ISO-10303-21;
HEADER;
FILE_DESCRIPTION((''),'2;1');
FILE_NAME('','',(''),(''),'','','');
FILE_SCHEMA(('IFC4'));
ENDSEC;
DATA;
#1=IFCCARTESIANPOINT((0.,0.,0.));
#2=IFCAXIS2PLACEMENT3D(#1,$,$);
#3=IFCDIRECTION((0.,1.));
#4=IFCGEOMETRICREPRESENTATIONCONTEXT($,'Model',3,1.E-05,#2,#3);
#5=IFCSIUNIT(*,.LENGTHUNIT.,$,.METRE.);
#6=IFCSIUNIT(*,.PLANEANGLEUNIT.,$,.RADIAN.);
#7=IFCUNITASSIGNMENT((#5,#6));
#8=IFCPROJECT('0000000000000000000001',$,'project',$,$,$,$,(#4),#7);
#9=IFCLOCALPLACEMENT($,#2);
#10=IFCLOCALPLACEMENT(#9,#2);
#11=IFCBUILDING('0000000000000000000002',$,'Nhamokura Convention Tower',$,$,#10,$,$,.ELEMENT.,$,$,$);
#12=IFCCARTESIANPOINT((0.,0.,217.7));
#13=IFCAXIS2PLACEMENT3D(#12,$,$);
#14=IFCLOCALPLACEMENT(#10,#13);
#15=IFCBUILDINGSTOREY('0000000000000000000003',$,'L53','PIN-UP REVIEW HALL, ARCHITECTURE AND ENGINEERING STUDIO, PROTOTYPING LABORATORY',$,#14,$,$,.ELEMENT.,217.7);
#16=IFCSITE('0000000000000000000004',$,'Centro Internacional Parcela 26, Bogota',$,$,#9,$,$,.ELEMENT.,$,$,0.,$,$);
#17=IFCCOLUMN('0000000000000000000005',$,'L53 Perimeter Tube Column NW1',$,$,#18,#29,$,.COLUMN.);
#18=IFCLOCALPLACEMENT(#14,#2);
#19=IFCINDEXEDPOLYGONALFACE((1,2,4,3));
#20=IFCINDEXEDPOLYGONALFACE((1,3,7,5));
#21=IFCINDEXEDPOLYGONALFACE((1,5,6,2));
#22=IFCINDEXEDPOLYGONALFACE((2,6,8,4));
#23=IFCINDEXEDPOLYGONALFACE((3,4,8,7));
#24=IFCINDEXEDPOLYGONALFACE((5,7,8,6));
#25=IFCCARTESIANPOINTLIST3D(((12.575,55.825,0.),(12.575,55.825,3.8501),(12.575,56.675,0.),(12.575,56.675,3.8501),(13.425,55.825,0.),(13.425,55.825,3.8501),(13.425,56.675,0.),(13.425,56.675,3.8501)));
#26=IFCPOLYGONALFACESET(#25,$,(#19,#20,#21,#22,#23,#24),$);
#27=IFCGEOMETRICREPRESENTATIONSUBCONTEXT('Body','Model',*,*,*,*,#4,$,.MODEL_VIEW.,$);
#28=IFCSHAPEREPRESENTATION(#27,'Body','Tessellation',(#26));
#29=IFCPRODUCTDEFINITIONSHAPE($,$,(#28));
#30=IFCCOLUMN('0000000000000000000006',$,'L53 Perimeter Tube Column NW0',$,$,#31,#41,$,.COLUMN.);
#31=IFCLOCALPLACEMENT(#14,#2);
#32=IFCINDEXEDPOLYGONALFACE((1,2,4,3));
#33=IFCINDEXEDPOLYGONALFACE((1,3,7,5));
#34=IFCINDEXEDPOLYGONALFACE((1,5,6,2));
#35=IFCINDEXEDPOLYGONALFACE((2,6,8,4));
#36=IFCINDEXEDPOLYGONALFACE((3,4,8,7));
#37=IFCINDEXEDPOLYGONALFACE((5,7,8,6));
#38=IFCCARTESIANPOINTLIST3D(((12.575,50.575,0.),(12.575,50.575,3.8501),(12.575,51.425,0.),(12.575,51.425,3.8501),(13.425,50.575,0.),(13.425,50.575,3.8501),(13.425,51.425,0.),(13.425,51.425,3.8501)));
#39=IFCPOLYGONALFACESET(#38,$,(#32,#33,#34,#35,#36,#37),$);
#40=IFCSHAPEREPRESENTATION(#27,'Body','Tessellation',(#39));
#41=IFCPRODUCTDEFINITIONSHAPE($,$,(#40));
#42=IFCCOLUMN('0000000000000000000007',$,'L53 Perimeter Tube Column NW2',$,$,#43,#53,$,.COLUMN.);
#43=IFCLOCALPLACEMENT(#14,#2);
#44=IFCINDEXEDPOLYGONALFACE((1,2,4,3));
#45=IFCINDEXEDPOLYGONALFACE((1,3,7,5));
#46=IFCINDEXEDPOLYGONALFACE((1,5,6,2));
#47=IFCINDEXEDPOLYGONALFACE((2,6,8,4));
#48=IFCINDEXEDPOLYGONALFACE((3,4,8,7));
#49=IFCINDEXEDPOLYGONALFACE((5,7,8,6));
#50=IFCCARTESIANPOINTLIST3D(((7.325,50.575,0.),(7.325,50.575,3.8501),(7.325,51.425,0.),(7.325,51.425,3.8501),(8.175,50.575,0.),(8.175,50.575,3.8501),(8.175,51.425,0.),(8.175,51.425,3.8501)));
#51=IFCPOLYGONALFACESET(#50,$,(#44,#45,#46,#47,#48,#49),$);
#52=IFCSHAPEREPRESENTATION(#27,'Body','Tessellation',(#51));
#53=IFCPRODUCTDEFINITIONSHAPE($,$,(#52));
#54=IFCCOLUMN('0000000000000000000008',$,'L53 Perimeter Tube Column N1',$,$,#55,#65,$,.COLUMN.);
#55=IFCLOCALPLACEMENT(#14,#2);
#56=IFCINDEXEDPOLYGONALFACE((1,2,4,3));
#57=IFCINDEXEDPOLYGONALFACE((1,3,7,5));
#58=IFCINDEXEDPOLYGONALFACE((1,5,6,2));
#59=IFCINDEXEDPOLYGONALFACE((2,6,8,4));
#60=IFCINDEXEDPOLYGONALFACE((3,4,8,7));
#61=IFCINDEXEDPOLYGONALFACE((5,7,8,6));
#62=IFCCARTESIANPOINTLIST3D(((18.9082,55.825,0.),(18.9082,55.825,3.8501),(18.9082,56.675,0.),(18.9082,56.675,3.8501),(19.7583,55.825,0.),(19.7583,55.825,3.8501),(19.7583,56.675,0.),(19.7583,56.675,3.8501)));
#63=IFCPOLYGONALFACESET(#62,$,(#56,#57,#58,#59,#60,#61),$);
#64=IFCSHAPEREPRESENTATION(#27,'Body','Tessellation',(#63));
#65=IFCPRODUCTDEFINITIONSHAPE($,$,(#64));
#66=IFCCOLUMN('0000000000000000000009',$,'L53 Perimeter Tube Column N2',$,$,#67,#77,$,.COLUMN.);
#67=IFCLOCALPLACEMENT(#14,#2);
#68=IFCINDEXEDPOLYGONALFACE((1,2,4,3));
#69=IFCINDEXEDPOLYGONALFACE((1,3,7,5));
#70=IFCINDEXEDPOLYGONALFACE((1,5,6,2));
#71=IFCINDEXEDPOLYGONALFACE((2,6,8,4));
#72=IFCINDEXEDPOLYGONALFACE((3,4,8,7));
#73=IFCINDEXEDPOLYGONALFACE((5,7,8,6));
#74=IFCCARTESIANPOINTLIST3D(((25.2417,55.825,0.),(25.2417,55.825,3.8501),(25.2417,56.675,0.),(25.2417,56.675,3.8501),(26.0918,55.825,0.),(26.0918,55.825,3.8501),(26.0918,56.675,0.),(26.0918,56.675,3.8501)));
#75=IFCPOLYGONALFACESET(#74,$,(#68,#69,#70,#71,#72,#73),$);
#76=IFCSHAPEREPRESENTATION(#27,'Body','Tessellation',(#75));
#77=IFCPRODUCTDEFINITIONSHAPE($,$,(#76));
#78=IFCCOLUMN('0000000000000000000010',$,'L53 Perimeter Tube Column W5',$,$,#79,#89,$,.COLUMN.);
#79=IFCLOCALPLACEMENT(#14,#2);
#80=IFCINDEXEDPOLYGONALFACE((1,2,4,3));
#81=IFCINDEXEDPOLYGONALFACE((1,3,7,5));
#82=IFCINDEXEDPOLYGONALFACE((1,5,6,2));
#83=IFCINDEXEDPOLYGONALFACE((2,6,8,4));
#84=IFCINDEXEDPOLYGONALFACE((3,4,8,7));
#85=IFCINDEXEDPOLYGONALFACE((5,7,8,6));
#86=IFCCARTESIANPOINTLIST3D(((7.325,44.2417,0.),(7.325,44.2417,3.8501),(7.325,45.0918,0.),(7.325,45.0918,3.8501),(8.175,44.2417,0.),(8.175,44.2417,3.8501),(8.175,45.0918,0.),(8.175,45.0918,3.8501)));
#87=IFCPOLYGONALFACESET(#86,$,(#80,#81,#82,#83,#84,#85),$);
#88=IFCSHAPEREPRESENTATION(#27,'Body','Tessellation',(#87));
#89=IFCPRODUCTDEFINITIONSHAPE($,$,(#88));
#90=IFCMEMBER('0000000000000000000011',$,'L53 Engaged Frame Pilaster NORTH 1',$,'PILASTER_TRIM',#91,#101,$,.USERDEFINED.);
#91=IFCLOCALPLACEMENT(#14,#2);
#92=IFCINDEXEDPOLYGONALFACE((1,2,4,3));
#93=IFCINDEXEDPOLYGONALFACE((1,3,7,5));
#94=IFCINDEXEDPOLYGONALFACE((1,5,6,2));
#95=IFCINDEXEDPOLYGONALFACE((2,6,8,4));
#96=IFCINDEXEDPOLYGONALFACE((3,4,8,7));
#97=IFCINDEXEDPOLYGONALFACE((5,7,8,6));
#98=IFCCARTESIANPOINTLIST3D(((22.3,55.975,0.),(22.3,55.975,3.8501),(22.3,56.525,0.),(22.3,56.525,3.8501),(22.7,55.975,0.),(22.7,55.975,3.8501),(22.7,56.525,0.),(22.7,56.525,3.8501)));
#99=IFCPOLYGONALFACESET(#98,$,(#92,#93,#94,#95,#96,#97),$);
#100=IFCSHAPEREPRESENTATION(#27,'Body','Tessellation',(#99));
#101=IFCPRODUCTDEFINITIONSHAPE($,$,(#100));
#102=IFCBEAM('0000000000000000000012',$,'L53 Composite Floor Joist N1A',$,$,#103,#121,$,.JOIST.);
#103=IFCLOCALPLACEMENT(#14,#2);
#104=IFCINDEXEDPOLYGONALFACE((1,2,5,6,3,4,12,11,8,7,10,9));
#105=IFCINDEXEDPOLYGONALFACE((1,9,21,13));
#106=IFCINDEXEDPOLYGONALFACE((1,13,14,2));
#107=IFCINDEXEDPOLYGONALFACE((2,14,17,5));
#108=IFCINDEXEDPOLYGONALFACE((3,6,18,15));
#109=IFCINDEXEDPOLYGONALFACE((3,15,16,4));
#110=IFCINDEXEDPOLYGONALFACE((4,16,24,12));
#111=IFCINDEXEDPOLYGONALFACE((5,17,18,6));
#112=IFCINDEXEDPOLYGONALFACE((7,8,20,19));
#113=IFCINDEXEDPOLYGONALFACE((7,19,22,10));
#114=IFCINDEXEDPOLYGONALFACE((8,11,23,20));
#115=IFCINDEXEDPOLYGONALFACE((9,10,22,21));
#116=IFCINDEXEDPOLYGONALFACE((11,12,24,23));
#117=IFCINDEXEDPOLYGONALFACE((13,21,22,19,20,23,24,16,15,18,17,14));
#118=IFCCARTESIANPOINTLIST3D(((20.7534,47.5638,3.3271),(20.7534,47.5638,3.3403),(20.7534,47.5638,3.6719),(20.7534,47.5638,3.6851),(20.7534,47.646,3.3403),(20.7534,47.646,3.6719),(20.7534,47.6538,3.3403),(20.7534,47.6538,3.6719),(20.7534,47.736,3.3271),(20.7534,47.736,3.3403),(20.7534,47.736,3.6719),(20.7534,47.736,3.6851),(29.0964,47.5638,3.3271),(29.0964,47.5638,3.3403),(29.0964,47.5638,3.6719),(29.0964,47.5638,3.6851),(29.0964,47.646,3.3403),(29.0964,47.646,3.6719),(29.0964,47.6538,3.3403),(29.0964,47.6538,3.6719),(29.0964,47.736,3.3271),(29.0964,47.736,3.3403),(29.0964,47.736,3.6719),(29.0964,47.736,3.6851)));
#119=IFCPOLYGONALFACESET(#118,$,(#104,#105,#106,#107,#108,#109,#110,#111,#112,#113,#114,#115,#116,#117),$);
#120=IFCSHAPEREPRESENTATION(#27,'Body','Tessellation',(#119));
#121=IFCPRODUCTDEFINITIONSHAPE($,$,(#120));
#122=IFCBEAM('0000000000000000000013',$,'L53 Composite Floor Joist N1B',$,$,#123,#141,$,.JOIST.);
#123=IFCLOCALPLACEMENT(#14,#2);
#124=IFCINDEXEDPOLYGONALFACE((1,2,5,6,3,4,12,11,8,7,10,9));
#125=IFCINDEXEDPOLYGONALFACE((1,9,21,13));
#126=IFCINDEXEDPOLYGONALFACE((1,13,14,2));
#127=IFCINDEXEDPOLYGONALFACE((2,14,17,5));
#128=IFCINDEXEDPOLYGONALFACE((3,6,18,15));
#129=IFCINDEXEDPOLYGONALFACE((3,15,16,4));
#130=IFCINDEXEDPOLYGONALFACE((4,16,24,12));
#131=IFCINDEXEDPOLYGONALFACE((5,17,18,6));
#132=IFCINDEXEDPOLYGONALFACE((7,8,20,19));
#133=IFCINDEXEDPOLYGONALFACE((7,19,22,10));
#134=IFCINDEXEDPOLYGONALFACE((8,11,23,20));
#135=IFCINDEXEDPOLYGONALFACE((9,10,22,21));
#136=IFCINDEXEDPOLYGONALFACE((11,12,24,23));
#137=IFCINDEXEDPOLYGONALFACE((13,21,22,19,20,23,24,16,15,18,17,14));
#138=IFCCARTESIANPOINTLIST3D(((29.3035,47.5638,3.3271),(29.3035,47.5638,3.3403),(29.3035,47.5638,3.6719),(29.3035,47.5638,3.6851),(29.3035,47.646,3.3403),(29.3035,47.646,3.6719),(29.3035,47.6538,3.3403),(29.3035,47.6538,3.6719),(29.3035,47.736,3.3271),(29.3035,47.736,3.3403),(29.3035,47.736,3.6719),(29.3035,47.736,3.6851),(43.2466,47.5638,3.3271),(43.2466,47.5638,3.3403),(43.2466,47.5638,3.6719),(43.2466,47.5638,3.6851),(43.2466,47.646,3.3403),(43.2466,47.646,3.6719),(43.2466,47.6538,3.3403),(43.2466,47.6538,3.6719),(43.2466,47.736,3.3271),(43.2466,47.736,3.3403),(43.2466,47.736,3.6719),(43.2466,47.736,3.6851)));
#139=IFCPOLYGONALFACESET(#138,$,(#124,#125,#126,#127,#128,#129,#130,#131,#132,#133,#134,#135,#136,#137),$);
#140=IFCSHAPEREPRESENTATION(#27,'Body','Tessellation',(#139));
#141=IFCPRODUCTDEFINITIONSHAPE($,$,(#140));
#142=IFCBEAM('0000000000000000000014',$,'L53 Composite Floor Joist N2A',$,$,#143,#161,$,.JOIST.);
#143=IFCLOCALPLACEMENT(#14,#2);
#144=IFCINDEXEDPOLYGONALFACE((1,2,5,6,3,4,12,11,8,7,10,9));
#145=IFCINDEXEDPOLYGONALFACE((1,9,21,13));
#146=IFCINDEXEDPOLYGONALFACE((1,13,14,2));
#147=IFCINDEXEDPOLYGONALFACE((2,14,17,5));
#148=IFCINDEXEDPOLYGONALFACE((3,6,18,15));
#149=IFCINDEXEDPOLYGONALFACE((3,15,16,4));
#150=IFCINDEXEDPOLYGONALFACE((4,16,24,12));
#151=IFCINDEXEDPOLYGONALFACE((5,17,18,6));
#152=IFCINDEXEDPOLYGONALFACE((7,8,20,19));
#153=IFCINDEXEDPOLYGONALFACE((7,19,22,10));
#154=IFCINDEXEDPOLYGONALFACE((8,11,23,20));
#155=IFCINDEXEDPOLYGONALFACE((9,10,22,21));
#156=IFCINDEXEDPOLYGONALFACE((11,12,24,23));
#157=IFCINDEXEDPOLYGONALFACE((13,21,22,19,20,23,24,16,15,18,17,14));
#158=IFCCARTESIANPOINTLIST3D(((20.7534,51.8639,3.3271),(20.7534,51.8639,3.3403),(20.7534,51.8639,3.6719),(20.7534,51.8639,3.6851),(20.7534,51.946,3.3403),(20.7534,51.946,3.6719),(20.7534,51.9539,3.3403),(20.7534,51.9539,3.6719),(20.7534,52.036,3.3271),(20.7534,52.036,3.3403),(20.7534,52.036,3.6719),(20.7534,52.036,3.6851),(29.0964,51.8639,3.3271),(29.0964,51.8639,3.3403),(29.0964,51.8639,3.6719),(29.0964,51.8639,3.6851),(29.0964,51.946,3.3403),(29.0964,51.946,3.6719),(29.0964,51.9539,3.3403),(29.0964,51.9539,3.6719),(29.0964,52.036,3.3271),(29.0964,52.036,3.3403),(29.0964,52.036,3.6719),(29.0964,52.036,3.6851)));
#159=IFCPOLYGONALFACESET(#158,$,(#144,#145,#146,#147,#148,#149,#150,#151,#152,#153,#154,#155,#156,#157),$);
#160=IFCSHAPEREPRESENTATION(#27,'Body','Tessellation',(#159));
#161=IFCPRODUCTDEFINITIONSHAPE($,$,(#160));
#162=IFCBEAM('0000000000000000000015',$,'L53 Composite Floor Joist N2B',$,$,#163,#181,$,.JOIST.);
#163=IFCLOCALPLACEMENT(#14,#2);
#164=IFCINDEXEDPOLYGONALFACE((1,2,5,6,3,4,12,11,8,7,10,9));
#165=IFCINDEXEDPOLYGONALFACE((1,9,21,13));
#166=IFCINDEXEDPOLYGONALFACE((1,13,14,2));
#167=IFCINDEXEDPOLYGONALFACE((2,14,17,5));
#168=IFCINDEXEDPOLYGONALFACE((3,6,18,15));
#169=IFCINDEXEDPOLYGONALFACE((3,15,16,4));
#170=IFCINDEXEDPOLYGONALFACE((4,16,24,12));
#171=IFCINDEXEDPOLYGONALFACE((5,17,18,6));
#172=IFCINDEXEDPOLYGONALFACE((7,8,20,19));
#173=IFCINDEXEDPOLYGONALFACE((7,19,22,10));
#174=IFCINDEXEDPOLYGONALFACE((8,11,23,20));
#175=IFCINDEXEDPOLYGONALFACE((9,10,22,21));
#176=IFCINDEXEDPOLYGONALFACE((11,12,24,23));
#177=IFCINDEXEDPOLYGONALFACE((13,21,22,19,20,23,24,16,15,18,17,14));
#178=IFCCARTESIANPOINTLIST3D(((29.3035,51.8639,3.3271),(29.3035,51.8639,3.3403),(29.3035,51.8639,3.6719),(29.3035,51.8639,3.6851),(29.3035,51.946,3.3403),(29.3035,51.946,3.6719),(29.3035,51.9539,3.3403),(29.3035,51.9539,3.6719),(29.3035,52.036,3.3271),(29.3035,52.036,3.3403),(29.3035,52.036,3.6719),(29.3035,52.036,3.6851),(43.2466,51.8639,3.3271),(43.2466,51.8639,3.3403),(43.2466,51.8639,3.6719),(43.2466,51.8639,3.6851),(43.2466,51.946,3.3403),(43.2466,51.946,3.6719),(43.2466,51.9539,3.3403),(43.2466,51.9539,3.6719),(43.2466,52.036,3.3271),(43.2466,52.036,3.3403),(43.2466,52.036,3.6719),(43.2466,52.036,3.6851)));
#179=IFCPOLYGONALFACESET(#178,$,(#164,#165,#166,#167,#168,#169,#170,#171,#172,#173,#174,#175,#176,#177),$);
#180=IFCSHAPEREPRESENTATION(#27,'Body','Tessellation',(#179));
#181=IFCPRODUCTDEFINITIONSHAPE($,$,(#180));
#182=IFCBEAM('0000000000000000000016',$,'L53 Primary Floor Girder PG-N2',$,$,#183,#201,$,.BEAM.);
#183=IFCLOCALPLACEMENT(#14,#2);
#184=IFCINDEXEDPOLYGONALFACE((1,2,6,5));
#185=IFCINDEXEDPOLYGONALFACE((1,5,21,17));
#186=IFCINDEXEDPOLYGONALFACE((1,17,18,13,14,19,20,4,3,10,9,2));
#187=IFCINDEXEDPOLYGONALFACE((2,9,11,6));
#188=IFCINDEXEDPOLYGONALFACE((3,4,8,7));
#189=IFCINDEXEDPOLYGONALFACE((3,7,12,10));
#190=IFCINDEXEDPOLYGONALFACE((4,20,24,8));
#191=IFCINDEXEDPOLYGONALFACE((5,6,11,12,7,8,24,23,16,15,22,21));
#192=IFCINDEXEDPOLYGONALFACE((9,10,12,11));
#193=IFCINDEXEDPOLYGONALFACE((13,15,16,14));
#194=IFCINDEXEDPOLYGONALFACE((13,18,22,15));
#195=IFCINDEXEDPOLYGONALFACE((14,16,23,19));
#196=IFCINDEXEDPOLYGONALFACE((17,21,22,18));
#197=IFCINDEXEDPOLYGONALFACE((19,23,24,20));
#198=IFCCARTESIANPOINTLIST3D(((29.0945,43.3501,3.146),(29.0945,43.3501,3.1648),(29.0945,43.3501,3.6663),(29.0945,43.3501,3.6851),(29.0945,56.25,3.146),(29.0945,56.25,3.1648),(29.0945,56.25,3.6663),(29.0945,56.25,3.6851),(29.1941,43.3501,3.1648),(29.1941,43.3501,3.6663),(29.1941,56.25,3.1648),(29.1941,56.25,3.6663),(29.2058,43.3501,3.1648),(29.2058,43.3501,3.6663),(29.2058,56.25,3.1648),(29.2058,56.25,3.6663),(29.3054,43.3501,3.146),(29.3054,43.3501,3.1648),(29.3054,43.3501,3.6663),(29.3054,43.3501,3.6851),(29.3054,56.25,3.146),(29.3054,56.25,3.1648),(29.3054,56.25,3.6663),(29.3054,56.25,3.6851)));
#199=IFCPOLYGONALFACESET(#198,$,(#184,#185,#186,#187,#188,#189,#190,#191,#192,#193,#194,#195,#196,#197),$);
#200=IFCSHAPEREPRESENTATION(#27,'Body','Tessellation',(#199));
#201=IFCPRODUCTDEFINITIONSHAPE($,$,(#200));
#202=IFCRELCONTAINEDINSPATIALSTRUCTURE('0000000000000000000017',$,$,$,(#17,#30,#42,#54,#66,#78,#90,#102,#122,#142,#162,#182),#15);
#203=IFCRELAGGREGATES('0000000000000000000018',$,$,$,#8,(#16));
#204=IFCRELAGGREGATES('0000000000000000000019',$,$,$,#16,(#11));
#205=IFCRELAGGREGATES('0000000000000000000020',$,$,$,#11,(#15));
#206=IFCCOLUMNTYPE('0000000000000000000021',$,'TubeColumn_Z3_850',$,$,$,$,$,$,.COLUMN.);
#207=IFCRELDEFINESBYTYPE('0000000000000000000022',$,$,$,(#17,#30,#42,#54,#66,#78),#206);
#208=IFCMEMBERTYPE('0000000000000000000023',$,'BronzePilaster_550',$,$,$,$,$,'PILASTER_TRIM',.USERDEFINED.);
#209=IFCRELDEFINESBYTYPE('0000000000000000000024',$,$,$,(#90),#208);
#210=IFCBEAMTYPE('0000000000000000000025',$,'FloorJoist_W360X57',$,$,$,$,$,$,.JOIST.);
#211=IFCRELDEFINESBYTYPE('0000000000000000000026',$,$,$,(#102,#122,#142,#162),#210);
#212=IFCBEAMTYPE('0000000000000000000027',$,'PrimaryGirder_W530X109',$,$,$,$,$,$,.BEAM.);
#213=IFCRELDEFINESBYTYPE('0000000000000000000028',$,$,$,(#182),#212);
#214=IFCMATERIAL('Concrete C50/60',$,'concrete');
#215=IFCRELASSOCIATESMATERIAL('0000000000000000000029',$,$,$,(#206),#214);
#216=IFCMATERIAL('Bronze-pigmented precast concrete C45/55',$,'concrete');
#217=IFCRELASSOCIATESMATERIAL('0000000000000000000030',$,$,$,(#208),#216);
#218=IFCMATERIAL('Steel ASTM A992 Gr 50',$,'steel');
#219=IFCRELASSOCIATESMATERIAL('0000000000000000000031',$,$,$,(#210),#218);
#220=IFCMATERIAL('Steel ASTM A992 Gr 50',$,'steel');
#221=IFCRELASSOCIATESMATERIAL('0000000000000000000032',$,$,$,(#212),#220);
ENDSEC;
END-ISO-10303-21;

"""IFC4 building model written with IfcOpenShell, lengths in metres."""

from ifc_helpers import new_model, si_unit, direction, frame, origin, origin_2d, place, context, subcontext, project, spatial, rectangle, i_section, extrude, material, material_profile, profile_set, type_object, element, save


model = new_model("IFC4")

# Units and contexts
model_context = context("Model", 3, precision=1e-05, world=origin(), true_north=direction((0.0, 1.0)))
body_context = subcontext(model_context, "Body", "Model", "MODEL_VIEW")
ifc_project = project(units=[si_unit("LENGTHUNIT", "METRE"), si_unit("PLANEANGLEUNIT", "RADIAN")], contexts=[model_context])

# Site, building, storey
site_placement = place(None, origin())
site = spatial("IfcSite", under=ifc_project, at=site_placement, Name="Centro Internacional Parcela 26, Bogota", CompositionType="ELEMENT", RefElevation=0.0)
building_placement = place(site_placement, origin())
building = spatial("IfcBuilding", under=site, at=building_placement, Name="Nhamokura Convention Tower", CompositionType="ELEMENT")
storey_placement = place(building_placement, frame((0.0, 0.0, 217.7)))
storey = spatial("IfcBuildingStorey", under=building, at=storey_placement, Name="L53", Description="PIN-UP REVIEW HALL, ARCHITECTURE AND ENGINEERING STUDIO, PROTOTYPING LABORATORY", CompositionType="ELEMENT", Elevation=217.7)

# Columns
ifc_material_1 = material(Name="Concrete C50/60", Category="concrete")
ifc_material_profile_1 = material_profile(ifc_material_1, rectangle(XDim=0.8501, YDim=0.8501, at=origin_2d()))
ifc_profile_set_1 = profile_set([ifc_material_profile_1], Name="Concrete C50/60")
column_type = type_object("IfcColumnType", Name="TubeColumn_Z3_850", PredefinedType="COLUMN", material=ifc_profile_set_1)
for number, where, z_axis, x_axis, name in (
    (1, (13.0, 56.25, 0.0), (0.0, 0.0, 1.0), (1.0, 0.0, 0.0), "L53 Perimeter Tube Column NW1"),
    (2, (13.0, 51.0, 0.0), (0.0, 0.0, 1.0), (1.0, 0.0, 0.0), "L53 Perimeter Tube Column NW0"),
    (3, (7.75, 51.0, 0.0), (0.0, 0.0, 1.0), (1.0, 0.0, 0.0), "L53 Perimeter Tube Column NW2"),
    (4, (19.3333, 56.25, 0.0), (0.0, 0.0, 1.0), (1.0, 0.0, 0.0), "L53 Perimeter Tube Column N1"),
    (5, (25.6667, 56.25, 0.0), (0.0, 0.0, 1.0), (1.0, 0.0, 0.0), "L53 Perimeter Tube Column N2"),
    (6, (7.75, 44.6667, 0.0), (0.0, 0.0, 1.0), (1.0, 0.0, 0.0), "L53 Perimeter Tube Column W5"),
):
    element("IfcColumn", number, at=place(storey_placement, frame(where, z_axis=z_axis, x_axis=x_axis)), inside=storey, type_object=column_type, Name=name, PredefinedType="COLUMN", context=body_context, shape_type="SweptSolid", body=[
        extrude(rectangle(XDim=0.8501, YDim=0.8501, at=origin_2d()), origin(), (0.0, 0.0, 1.0), 3.8501),
    ])

# Member
ifc_material_2 = material(Name="Bronze-pigmented precast concrete C45/55", Category="concrete")
ifc_material_profile_2 = material_profile(ifc_material_2, rectangle(XDim=0.3999, YDim=0.55, at=origin_2d()))
ifc_profile_set_2 = profile_set([ifc_material_profile_2], Name="Bronze-pigmented precast concrete C45/55")
member_type_1 = type_object("IfcMemberType", Name="BronzePilaster_550", ElementType="PILASTER_TRIM", PredefinedType="USERDEFINED", material=ifc_profile_set_2)
member_placement = place(storey_placement, frame((22.5, 56.25, 0.0), z_axis=(0.0, 0.0, 1.0), x_axis=(1.0, 0.0, 0.0)))
element("IfcMember", 7, at=member_placement, inside=storey, type_object=member_type_1, Name="L53 Engaged Frame Pilaster NORTH 1", ObjectType="PILASTER_TRIM", PredefinedType="USERDEFINED", context=body_context, shape_type="SweptSolid", body=[
    extrude(rectangle(XDim=0.3999, YDim=0.55, at=origin_2d()), origin(), (0.0, 0.0, 1.0), 3.8501),
])

# Beams
ifc_material_3 = material(Name="Steel ASTM A992 Gr 50", Category="steel")
ifc_material_profile_3 = material_profile(ifc_material_3, i_section(OverallWidth=0.1721, OverallDepth=0.3579, WebThickness=0.0078, FlangeThickness=0.0132, at=origin_2d()))
ifc_profile_set_3 = profile_set([ifc_material_profile_3], Name="Steel ASTM A992 Gr 50")
beam_type_1 = type_object("IfcBeamType", Name="FloorJoist_W360X57", PredefinedType="JOIST", material=ifc_profile_set_3)
beam_1_placement = place(storey_placement, frame((20.7534, 47.6499, 3.5061), z_axis=(1.0, 0.0, 0.0), x_axis=(0.0, 1.0, 0.0)))
element("IfcBeam", 8, at=beam_1_placement, inside=storey, type_object=beam_type_1, Name="L53 Composite Floor Joist N1A", PredefinedType="JOIST", context=body_context, shape_type="SweptSolid", body=[
    extrude(i_section(OverallWidth=0.1721, OverallDepth=0.3579, WebThickness=0.0078, FlangeThickness=0.0132, at=origin_2d()), origin(), (0.0, 0.0, 1.0), 8.343),
])
beam_2_placement = place(storey_placement, frame((29.3035, 47.6499, 3.5061), z_axis=(1.0, 0.0, 0.0), x_axis=(0.0, 1.0, 0.0)))
element("IfcBeam", 9, at=beam_2_placement, inside=storey, type_object=beam_type_1, Name="L53 Composite Floor Joist N1B", PredefinedType="JOIST", context=body_context, shape_type="SweptSolid", body=[
    extrude(i_section(OverallWidth=0.1721, OverallDepth=0.3579, WebThickness=0.0078, FlangeThickness=0.0132, at=origin_2d()), origin(), (0.0, 0.0, 1.0), 13.9431),
])
beam_3_placement = place(storey_placement, frame((20.7534, 51.95, 3.5061), z_axis=(1.0, 0.0, 0.0), x_axis=(0.0, 1.0, 0.0)))
element("IfcBeam", 10, at=beam_3_placement, inside=storey, type_object=beam_type_1, Name="L53 Composite Floor Joist N2A", PredefinedType="JOIST", context=body_context, shape_type="SweptSolid", body=[
    extrude(i_section(OverallWidth=0.1721, OverallDepth=0.3579, WebThickness=0.0078, FlangeThickness=0.0132, at=origin_2d()), origin(), (0.0, 0.0, 1.0), 8.343),
])
beam_4_placement = place(storey_placement, frame((29.3035, 51.95, 3.5061), z_axis=(1.0, 0.0, 0.0), x_axis=(0.0, 1.0, 0.0)))
element("IfcBeam", 11, at=beam_4_placement, inside=storey, type_object=beam_type_1, Name="L53 Composite Floor Joist N2B", PredefinedType="JOIST", context=body_context, shape_type="SweptSolid", body=[
    extrude(i_section(OverallWidth=0.1721, OverallDepth=0.3579, WebThickness=0.0078, FlangeThickness=0.0132, at=origin_2d()), origin(), (0.0, 0.0, 1.0), 13.9431),
])
ifc_material_4 = material(Name="Steel ASTM A992 Gr 50", Category="steel")
ifc_material_profile_4 = material_profile(ifc_material_4, i_section(OverallWidth=0.2109, OverallDepth=0.5391, WebThickness=0.0117, FlangeThickness=0.0188, at=origin_2d()))
ifc_profile_set_4 = profile_set([ifc_material_profile_4], Name="Steel ASTM A992 Gr 50")
beam_type_2 = type_object("IfcBeamType", Name="PrimaryGirder_W530X109", PredefinedType="BEAM", material=ifc_profile_set_4)
beam_5_placement = place(storey_placement, frame((29.2, 43.3501, 3.4155), z_axis=(0.0, 1.0, 0.0), x_axis=(-1.0, 0.0, 0.0)))
element("IfcBeam", 12, at=beam_5_placement, inside=storey, type_object=beam_type_2, Name="L53 Primary Floor Girder PG-N2", PredefinedType="BEAM", context=body_context, shape_type="SweptSolid", body=[
    extrude(i_section(OverallWidth=0.2109, OverallDepth=0.5391, WebThickness=0.0117, FlangeThickness=0.0188, at=origin_2d()), origin(), (0.0, 0.0, 1.0), 12.8999),
])

save(model, "model.ifc")
